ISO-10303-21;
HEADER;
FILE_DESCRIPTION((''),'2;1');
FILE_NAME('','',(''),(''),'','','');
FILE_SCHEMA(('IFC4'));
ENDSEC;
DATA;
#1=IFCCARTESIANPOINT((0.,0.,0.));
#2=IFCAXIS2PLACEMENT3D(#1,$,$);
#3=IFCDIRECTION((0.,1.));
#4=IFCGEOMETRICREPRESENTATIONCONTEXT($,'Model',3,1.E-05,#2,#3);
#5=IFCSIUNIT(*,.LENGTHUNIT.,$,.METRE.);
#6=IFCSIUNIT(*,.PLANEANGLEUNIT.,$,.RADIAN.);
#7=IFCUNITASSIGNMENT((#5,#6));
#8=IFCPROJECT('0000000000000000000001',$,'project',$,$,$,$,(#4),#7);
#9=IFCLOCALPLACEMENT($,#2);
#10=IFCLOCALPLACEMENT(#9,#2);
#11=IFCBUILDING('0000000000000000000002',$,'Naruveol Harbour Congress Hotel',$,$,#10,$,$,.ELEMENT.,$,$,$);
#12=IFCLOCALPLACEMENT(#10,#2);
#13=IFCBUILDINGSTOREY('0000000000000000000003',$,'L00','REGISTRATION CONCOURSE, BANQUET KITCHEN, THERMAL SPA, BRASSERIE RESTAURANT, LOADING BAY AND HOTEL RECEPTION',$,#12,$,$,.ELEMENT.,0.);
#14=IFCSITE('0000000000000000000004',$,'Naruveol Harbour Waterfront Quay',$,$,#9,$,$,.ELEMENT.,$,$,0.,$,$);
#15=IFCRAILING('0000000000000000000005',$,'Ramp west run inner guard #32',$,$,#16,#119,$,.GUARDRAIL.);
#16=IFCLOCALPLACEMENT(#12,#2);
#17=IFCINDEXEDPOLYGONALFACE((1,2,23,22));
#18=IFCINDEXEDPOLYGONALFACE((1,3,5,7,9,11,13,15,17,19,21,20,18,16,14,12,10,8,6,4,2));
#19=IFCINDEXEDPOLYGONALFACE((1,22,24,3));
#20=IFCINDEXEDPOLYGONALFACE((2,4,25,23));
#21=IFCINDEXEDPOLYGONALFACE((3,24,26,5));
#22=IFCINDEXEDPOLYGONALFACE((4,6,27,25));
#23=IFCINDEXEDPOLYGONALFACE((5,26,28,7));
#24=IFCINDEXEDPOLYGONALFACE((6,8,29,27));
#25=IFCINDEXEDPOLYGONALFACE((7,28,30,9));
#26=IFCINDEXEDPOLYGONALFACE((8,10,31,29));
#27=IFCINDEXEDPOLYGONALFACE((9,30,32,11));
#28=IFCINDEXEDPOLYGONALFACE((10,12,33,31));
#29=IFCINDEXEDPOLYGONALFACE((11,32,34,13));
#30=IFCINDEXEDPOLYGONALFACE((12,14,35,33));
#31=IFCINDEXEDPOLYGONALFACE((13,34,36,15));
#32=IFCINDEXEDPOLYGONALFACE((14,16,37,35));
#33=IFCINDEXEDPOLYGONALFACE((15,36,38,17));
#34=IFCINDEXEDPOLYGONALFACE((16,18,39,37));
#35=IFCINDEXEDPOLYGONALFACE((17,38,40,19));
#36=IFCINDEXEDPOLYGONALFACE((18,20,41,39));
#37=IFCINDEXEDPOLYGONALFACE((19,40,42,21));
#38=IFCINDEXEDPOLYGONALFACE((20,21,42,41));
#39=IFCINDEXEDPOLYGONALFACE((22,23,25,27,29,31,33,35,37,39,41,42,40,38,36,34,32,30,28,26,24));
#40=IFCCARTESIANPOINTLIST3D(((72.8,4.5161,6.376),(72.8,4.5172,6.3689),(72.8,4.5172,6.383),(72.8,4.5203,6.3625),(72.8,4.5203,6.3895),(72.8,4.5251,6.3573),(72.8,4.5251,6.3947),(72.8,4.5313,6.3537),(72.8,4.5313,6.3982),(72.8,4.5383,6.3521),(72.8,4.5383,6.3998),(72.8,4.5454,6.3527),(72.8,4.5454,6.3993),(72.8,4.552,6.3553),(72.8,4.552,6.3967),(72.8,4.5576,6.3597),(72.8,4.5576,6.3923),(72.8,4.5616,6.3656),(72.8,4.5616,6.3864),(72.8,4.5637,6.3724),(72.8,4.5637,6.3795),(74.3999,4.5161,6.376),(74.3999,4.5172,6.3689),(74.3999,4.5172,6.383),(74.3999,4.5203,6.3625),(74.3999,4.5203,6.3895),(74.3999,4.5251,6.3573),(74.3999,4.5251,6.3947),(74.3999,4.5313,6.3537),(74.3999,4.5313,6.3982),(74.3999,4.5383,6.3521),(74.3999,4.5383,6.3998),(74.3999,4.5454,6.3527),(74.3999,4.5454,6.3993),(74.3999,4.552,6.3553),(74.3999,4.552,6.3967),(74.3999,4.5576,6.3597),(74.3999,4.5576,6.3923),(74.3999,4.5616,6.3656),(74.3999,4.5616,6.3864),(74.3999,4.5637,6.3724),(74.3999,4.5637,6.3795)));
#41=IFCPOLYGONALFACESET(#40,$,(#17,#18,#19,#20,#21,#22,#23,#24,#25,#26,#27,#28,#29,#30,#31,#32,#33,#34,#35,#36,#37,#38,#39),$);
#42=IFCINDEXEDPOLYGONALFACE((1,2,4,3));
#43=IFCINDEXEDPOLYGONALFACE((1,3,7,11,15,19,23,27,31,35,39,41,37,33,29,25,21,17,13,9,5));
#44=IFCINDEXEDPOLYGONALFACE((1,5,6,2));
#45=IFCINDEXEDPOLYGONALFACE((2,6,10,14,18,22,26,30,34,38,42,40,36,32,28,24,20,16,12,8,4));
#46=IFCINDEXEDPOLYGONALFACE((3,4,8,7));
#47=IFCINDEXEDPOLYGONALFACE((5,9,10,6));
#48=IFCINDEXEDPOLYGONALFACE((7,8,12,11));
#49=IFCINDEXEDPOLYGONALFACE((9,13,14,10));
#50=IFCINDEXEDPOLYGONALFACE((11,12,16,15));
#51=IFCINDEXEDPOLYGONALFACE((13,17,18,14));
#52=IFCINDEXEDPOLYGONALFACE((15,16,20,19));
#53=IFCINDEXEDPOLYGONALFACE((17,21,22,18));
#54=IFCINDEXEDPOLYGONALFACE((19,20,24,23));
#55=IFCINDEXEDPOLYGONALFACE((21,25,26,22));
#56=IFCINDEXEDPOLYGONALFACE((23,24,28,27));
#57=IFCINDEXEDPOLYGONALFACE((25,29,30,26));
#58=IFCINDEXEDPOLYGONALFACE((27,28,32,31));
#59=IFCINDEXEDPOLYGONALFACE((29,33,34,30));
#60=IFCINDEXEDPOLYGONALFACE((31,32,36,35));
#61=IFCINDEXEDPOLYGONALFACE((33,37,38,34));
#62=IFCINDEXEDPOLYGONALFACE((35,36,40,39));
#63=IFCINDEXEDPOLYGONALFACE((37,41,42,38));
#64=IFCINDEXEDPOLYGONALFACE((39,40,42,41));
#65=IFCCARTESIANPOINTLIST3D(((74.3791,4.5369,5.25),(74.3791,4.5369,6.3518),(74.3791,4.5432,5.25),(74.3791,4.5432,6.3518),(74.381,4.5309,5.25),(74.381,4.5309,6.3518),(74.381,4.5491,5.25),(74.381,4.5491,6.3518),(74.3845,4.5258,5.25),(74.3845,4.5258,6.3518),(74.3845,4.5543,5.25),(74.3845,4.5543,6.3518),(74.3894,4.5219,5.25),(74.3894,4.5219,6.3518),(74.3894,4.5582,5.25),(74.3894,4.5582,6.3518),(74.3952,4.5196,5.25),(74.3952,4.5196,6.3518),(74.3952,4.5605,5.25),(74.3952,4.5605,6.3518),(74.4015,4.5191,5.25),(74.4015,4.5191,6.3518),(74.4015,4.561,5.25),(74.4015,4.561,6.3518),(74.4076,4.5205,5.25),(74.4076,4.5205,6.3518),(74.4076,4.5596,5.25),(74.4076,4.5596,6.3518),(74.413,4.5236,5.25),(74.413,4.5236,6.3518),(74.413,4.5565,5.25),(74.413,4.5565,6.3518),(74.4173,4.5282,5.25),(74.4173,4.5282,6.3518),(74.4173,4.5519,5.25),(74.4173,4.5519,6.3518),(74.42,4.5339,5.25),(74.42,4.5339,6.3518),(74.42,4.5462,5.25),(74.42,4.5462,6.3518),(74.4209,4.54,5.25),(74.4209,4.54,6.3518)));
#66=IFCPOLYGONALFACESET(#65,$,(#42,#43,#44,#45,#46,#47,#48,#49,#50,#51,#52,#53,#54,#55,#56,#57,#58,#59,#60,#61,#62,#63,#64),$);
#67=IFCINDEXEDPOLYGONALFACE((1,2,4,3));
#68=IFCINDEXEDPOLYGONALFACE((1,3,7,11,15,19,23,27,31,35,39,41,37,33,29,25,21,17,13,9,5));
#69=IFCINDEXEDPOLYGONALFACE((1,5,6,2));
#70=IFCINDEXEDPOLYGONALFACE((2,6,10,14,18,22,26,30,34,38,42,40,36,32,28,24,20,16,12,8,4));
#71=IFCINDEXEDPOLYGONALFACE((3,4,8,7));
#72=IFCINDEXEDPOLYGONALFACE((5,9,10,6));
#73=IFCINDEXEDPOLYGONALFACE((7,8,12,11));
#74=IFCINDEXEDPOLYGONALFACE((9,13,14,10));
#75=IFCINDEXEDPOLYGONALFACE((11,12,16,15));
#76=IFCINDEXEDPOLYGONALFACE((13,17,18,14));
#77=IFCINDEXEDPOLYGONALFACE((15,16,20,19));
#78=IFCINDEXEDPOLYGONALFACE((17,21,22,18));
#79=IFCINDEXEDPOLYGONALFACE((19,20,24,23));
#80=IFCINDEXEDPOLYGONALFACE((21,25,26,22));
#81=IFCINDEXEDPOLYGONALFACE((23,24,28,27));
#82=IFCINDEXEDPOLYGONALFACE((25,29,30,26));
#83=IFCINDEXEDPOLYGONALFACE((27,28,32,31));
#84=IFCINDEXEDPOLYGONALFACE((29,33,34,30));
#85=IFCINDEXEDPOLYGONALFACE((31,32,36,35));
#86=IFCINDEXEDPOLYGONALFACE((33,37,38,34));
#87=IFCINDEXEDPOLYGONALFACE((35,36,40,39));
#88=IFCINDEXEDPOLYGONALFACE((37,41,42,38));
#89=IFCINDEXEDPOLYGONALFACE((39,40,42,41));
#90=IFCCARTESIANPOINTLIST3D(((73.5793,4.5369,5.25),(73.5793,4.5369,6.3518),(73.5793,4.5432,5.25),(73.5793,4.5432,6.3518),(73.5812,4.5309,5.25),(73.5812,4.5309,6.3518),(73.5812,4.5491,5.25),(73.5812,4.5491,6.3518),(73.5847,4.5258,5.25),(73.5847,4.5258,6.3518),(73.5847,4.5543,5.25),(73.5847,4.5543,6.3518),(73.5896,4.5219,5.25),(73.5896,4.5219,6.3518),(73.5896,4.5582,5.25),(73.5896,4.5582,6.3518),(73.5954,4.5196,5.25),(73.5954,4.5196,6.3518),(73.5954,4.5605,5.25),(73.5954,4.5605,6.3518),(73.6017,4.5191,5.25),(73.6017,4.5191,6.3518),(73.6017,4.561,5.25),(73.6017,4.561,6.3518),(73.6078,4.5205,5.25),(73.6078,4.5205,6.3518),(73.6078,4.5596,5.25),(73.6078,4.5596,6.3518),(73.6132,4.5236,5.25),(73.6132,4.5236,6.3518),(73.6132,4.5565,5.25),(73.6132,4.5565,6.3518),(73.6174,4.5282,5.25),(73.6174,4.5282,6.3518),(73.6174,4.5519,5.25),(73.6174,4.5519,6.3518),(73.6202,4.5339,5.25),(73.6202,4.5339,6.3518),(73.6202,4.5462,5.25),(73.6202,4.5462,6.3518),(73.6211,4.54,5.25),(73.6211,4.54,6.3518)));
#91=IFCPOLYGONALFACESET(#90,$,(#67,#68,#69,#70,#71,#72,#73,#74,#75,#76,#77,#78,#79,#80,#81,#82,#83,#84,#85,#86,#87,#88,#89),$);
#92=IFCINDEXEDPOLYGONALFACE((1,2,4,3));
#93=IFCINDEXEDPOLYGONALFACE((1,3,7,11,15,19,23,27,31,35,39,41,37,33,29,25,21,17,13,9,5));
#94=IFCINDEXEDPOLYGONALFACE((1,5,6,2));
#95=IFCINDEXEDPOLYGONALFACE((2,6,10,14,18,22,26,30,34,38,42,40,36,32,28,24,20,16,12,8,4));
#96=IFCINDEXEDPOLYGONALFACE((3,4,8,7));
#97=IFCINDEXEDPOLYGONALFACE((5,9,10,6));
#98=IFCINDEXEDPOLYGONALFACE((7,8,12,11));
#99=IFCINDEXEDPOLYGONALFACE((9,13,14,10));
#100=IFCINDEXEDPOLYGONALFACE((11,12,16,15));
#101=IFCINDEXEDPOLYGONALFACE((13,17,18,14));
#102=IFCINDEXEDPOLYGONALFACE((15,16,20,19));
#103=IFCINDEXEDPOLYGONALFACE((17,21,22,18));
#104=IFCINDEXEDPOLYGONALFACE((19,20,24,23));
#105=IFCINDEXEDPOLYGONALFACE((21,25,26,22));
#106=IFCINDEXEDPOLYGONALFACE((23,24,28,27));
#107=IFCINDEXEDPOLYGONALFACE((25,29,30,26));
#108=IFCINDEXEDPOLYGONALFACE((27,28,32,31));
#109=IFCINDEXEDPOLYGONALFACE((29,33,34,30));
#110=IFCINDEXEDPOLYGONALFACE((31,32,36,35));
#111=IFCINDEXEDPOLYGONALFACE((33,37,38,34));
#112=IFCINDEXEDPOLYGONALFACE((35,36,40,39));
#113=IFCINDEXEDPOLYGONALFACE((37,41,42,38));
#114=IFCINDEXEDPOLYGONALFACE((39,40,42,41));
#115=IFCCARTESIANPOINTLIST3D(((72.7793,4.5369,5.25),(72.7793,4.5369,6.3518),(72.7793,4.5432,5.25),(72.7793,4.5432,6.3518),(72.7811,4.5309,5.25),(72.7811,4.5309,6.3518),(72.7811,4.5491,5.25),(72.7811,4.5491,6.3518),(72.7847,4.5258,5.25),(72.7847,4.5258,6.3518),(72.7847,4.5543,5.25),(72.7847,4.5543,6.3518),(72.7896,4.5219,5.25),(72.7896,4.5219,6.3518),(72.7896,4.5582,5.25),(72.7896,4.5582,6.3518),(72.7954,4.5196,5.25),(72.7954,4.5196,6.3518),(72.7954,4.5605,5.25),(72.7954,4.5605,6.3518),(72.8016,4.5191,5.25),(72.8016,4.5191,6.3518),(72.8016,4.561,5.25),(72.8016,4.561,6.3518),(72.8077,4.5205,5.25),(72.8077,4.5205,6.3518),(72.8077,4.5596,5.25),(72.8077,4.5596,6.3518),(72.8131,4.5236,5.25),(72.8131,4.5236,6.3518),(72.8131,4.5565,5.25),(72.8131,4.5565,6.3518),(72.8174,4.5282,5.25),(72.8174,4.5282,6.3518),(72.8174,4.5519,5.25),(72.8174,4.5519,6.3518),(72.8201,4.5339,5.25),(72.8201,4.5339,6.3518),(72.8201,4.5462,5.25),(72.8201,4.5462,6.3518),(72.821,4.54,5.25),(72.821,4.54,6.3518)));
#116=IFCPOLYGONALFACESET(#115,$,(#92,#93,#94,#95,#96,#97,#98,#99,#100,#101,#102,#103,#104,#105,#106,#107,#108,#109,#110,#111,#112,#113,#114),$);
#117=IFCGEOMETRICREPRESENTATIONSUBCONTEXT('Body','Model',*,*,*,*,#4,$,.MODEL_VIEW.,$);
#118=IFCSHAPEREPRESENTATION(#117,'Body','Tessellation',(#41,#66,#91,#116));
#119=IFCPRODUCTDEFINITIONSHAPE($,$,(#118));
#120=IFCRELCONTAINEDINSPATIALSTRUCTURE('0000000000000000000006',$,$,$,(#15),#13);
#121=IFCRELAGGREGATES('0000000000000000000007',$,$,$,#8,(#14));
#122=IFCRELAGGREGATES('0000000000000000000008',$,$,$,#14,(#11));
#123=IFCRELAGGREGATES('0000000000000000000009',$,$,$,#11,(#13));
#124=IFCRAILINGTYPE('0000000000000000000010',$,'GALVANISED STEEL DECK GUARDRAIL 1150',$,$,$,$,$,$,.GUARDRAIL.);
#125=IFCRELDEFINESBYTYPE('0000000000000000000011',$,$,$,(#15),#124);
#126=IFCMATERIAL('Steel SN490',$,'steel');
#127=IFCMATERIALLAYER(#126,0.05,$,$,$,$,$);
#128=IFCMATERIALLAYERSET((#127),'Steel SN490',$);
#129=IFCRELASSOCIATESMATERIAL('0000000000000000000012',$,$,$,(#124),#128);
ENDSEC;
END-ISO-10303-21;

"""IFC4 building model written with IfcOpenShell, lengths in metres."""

from ifc_helpers import new_model, si_unit, direction, frame, origin, origin_2d, place, context, subcontext, project, spatial, circle, extrude, material, layer, layer_set, type_object, element, save


model = new_model("IFC4")

# Units and contexts
model_context = context("Model", 3, precision=1e-05, world=origin(), true_north=direction((0.0, 1.0)))
body_context = subcontext(model_context, "Body", "Model", "MODEL_VIEW")
ifc_project = project(units=[si_unit("LENGTHUNIT", "METRE"), si_unit("PLANEANGLEUNIT", "RADIAN")], contexts=[model_context])

# Site, building, storey
site_placement = place(None, origin())
site = spatial("IfcSite", under=ifc_project, at=site_placement, Name="Naruveol Harbour Waterfront Quay", CompositionType="ELEMENT", RefElevation=0.0)
building_placement = place(site_placement, origin())
building = spatial("IfcBuilding", under=site, at=building_placement, Name="Naruveol Harbour Congress Hotel", CompositionType="ELEMENT")
storey_placement = place(building_placement, origin())
storey = spatial("IfcBuildingStorey", under=building, at=storey_placement, Name="L00", Description="REGISTRATION CONCOURSE, BANQUET KITCHEN, THERMAL SPA, BRASSERIE RESTAURANT, LOADING BAY AND HOTEL RECEPTION", CompositionType="ELEMENT", Elevation=0.0)

# Railing
ifc_material_1 = material(Name="Steel SN490", Category="steel")
ifc_layer_1 = layer(ifc_material_1, 0.05)
ifc_layer_set_1 = layer_set([ifc_layer_1], Name="Steel SN490")
railing_type = type_object("IfcRailingType", Name="GALVANISED STEEL DECK GUARDRAIL 1150", PredefinedType="GUARDRAIL", material=ifc_layer_set_1)
for number, where, name in (
    (1, (74.3999, 4.54, 5.25), "Ramp west run inner guard #32"),
):
    element("IfcRailing", number, at=place(storey_placement, frame(where)), inside=storey, type_object=railing_type, Name=name, PredefinedType="GUARDRAIL", context=body_context, shape_type="SweptSolid", body=[
        extrude(circle(Radius=0.0239, at=origin_2d()), frame((0.0, 0.0, 1.126), z_axis=(-1.0, 0.0, 0.0), x_axis=(0.0, -1.0, 0.0)), (0.0, 0.0, 1.0), 1.5999),
        extrude(circle(Radius=0.021, at=origin_2d()), origin(), (0.0, 0.0, 1.0), 1.1018),
        extrude(circle(Radius=0.021, at=origin_2d()), frame((-0.7998, 0.0, 0.0)), (0.0, 0.0, 1.0), 1.1018),
        extrude(circle(Radius=0.021, at=origin_2d()), frame((-1.5999, 0.0, 0.0)), (0.0, 0.0, 1.0), 1.1018),
    ])

save(model, "model.ifc")
